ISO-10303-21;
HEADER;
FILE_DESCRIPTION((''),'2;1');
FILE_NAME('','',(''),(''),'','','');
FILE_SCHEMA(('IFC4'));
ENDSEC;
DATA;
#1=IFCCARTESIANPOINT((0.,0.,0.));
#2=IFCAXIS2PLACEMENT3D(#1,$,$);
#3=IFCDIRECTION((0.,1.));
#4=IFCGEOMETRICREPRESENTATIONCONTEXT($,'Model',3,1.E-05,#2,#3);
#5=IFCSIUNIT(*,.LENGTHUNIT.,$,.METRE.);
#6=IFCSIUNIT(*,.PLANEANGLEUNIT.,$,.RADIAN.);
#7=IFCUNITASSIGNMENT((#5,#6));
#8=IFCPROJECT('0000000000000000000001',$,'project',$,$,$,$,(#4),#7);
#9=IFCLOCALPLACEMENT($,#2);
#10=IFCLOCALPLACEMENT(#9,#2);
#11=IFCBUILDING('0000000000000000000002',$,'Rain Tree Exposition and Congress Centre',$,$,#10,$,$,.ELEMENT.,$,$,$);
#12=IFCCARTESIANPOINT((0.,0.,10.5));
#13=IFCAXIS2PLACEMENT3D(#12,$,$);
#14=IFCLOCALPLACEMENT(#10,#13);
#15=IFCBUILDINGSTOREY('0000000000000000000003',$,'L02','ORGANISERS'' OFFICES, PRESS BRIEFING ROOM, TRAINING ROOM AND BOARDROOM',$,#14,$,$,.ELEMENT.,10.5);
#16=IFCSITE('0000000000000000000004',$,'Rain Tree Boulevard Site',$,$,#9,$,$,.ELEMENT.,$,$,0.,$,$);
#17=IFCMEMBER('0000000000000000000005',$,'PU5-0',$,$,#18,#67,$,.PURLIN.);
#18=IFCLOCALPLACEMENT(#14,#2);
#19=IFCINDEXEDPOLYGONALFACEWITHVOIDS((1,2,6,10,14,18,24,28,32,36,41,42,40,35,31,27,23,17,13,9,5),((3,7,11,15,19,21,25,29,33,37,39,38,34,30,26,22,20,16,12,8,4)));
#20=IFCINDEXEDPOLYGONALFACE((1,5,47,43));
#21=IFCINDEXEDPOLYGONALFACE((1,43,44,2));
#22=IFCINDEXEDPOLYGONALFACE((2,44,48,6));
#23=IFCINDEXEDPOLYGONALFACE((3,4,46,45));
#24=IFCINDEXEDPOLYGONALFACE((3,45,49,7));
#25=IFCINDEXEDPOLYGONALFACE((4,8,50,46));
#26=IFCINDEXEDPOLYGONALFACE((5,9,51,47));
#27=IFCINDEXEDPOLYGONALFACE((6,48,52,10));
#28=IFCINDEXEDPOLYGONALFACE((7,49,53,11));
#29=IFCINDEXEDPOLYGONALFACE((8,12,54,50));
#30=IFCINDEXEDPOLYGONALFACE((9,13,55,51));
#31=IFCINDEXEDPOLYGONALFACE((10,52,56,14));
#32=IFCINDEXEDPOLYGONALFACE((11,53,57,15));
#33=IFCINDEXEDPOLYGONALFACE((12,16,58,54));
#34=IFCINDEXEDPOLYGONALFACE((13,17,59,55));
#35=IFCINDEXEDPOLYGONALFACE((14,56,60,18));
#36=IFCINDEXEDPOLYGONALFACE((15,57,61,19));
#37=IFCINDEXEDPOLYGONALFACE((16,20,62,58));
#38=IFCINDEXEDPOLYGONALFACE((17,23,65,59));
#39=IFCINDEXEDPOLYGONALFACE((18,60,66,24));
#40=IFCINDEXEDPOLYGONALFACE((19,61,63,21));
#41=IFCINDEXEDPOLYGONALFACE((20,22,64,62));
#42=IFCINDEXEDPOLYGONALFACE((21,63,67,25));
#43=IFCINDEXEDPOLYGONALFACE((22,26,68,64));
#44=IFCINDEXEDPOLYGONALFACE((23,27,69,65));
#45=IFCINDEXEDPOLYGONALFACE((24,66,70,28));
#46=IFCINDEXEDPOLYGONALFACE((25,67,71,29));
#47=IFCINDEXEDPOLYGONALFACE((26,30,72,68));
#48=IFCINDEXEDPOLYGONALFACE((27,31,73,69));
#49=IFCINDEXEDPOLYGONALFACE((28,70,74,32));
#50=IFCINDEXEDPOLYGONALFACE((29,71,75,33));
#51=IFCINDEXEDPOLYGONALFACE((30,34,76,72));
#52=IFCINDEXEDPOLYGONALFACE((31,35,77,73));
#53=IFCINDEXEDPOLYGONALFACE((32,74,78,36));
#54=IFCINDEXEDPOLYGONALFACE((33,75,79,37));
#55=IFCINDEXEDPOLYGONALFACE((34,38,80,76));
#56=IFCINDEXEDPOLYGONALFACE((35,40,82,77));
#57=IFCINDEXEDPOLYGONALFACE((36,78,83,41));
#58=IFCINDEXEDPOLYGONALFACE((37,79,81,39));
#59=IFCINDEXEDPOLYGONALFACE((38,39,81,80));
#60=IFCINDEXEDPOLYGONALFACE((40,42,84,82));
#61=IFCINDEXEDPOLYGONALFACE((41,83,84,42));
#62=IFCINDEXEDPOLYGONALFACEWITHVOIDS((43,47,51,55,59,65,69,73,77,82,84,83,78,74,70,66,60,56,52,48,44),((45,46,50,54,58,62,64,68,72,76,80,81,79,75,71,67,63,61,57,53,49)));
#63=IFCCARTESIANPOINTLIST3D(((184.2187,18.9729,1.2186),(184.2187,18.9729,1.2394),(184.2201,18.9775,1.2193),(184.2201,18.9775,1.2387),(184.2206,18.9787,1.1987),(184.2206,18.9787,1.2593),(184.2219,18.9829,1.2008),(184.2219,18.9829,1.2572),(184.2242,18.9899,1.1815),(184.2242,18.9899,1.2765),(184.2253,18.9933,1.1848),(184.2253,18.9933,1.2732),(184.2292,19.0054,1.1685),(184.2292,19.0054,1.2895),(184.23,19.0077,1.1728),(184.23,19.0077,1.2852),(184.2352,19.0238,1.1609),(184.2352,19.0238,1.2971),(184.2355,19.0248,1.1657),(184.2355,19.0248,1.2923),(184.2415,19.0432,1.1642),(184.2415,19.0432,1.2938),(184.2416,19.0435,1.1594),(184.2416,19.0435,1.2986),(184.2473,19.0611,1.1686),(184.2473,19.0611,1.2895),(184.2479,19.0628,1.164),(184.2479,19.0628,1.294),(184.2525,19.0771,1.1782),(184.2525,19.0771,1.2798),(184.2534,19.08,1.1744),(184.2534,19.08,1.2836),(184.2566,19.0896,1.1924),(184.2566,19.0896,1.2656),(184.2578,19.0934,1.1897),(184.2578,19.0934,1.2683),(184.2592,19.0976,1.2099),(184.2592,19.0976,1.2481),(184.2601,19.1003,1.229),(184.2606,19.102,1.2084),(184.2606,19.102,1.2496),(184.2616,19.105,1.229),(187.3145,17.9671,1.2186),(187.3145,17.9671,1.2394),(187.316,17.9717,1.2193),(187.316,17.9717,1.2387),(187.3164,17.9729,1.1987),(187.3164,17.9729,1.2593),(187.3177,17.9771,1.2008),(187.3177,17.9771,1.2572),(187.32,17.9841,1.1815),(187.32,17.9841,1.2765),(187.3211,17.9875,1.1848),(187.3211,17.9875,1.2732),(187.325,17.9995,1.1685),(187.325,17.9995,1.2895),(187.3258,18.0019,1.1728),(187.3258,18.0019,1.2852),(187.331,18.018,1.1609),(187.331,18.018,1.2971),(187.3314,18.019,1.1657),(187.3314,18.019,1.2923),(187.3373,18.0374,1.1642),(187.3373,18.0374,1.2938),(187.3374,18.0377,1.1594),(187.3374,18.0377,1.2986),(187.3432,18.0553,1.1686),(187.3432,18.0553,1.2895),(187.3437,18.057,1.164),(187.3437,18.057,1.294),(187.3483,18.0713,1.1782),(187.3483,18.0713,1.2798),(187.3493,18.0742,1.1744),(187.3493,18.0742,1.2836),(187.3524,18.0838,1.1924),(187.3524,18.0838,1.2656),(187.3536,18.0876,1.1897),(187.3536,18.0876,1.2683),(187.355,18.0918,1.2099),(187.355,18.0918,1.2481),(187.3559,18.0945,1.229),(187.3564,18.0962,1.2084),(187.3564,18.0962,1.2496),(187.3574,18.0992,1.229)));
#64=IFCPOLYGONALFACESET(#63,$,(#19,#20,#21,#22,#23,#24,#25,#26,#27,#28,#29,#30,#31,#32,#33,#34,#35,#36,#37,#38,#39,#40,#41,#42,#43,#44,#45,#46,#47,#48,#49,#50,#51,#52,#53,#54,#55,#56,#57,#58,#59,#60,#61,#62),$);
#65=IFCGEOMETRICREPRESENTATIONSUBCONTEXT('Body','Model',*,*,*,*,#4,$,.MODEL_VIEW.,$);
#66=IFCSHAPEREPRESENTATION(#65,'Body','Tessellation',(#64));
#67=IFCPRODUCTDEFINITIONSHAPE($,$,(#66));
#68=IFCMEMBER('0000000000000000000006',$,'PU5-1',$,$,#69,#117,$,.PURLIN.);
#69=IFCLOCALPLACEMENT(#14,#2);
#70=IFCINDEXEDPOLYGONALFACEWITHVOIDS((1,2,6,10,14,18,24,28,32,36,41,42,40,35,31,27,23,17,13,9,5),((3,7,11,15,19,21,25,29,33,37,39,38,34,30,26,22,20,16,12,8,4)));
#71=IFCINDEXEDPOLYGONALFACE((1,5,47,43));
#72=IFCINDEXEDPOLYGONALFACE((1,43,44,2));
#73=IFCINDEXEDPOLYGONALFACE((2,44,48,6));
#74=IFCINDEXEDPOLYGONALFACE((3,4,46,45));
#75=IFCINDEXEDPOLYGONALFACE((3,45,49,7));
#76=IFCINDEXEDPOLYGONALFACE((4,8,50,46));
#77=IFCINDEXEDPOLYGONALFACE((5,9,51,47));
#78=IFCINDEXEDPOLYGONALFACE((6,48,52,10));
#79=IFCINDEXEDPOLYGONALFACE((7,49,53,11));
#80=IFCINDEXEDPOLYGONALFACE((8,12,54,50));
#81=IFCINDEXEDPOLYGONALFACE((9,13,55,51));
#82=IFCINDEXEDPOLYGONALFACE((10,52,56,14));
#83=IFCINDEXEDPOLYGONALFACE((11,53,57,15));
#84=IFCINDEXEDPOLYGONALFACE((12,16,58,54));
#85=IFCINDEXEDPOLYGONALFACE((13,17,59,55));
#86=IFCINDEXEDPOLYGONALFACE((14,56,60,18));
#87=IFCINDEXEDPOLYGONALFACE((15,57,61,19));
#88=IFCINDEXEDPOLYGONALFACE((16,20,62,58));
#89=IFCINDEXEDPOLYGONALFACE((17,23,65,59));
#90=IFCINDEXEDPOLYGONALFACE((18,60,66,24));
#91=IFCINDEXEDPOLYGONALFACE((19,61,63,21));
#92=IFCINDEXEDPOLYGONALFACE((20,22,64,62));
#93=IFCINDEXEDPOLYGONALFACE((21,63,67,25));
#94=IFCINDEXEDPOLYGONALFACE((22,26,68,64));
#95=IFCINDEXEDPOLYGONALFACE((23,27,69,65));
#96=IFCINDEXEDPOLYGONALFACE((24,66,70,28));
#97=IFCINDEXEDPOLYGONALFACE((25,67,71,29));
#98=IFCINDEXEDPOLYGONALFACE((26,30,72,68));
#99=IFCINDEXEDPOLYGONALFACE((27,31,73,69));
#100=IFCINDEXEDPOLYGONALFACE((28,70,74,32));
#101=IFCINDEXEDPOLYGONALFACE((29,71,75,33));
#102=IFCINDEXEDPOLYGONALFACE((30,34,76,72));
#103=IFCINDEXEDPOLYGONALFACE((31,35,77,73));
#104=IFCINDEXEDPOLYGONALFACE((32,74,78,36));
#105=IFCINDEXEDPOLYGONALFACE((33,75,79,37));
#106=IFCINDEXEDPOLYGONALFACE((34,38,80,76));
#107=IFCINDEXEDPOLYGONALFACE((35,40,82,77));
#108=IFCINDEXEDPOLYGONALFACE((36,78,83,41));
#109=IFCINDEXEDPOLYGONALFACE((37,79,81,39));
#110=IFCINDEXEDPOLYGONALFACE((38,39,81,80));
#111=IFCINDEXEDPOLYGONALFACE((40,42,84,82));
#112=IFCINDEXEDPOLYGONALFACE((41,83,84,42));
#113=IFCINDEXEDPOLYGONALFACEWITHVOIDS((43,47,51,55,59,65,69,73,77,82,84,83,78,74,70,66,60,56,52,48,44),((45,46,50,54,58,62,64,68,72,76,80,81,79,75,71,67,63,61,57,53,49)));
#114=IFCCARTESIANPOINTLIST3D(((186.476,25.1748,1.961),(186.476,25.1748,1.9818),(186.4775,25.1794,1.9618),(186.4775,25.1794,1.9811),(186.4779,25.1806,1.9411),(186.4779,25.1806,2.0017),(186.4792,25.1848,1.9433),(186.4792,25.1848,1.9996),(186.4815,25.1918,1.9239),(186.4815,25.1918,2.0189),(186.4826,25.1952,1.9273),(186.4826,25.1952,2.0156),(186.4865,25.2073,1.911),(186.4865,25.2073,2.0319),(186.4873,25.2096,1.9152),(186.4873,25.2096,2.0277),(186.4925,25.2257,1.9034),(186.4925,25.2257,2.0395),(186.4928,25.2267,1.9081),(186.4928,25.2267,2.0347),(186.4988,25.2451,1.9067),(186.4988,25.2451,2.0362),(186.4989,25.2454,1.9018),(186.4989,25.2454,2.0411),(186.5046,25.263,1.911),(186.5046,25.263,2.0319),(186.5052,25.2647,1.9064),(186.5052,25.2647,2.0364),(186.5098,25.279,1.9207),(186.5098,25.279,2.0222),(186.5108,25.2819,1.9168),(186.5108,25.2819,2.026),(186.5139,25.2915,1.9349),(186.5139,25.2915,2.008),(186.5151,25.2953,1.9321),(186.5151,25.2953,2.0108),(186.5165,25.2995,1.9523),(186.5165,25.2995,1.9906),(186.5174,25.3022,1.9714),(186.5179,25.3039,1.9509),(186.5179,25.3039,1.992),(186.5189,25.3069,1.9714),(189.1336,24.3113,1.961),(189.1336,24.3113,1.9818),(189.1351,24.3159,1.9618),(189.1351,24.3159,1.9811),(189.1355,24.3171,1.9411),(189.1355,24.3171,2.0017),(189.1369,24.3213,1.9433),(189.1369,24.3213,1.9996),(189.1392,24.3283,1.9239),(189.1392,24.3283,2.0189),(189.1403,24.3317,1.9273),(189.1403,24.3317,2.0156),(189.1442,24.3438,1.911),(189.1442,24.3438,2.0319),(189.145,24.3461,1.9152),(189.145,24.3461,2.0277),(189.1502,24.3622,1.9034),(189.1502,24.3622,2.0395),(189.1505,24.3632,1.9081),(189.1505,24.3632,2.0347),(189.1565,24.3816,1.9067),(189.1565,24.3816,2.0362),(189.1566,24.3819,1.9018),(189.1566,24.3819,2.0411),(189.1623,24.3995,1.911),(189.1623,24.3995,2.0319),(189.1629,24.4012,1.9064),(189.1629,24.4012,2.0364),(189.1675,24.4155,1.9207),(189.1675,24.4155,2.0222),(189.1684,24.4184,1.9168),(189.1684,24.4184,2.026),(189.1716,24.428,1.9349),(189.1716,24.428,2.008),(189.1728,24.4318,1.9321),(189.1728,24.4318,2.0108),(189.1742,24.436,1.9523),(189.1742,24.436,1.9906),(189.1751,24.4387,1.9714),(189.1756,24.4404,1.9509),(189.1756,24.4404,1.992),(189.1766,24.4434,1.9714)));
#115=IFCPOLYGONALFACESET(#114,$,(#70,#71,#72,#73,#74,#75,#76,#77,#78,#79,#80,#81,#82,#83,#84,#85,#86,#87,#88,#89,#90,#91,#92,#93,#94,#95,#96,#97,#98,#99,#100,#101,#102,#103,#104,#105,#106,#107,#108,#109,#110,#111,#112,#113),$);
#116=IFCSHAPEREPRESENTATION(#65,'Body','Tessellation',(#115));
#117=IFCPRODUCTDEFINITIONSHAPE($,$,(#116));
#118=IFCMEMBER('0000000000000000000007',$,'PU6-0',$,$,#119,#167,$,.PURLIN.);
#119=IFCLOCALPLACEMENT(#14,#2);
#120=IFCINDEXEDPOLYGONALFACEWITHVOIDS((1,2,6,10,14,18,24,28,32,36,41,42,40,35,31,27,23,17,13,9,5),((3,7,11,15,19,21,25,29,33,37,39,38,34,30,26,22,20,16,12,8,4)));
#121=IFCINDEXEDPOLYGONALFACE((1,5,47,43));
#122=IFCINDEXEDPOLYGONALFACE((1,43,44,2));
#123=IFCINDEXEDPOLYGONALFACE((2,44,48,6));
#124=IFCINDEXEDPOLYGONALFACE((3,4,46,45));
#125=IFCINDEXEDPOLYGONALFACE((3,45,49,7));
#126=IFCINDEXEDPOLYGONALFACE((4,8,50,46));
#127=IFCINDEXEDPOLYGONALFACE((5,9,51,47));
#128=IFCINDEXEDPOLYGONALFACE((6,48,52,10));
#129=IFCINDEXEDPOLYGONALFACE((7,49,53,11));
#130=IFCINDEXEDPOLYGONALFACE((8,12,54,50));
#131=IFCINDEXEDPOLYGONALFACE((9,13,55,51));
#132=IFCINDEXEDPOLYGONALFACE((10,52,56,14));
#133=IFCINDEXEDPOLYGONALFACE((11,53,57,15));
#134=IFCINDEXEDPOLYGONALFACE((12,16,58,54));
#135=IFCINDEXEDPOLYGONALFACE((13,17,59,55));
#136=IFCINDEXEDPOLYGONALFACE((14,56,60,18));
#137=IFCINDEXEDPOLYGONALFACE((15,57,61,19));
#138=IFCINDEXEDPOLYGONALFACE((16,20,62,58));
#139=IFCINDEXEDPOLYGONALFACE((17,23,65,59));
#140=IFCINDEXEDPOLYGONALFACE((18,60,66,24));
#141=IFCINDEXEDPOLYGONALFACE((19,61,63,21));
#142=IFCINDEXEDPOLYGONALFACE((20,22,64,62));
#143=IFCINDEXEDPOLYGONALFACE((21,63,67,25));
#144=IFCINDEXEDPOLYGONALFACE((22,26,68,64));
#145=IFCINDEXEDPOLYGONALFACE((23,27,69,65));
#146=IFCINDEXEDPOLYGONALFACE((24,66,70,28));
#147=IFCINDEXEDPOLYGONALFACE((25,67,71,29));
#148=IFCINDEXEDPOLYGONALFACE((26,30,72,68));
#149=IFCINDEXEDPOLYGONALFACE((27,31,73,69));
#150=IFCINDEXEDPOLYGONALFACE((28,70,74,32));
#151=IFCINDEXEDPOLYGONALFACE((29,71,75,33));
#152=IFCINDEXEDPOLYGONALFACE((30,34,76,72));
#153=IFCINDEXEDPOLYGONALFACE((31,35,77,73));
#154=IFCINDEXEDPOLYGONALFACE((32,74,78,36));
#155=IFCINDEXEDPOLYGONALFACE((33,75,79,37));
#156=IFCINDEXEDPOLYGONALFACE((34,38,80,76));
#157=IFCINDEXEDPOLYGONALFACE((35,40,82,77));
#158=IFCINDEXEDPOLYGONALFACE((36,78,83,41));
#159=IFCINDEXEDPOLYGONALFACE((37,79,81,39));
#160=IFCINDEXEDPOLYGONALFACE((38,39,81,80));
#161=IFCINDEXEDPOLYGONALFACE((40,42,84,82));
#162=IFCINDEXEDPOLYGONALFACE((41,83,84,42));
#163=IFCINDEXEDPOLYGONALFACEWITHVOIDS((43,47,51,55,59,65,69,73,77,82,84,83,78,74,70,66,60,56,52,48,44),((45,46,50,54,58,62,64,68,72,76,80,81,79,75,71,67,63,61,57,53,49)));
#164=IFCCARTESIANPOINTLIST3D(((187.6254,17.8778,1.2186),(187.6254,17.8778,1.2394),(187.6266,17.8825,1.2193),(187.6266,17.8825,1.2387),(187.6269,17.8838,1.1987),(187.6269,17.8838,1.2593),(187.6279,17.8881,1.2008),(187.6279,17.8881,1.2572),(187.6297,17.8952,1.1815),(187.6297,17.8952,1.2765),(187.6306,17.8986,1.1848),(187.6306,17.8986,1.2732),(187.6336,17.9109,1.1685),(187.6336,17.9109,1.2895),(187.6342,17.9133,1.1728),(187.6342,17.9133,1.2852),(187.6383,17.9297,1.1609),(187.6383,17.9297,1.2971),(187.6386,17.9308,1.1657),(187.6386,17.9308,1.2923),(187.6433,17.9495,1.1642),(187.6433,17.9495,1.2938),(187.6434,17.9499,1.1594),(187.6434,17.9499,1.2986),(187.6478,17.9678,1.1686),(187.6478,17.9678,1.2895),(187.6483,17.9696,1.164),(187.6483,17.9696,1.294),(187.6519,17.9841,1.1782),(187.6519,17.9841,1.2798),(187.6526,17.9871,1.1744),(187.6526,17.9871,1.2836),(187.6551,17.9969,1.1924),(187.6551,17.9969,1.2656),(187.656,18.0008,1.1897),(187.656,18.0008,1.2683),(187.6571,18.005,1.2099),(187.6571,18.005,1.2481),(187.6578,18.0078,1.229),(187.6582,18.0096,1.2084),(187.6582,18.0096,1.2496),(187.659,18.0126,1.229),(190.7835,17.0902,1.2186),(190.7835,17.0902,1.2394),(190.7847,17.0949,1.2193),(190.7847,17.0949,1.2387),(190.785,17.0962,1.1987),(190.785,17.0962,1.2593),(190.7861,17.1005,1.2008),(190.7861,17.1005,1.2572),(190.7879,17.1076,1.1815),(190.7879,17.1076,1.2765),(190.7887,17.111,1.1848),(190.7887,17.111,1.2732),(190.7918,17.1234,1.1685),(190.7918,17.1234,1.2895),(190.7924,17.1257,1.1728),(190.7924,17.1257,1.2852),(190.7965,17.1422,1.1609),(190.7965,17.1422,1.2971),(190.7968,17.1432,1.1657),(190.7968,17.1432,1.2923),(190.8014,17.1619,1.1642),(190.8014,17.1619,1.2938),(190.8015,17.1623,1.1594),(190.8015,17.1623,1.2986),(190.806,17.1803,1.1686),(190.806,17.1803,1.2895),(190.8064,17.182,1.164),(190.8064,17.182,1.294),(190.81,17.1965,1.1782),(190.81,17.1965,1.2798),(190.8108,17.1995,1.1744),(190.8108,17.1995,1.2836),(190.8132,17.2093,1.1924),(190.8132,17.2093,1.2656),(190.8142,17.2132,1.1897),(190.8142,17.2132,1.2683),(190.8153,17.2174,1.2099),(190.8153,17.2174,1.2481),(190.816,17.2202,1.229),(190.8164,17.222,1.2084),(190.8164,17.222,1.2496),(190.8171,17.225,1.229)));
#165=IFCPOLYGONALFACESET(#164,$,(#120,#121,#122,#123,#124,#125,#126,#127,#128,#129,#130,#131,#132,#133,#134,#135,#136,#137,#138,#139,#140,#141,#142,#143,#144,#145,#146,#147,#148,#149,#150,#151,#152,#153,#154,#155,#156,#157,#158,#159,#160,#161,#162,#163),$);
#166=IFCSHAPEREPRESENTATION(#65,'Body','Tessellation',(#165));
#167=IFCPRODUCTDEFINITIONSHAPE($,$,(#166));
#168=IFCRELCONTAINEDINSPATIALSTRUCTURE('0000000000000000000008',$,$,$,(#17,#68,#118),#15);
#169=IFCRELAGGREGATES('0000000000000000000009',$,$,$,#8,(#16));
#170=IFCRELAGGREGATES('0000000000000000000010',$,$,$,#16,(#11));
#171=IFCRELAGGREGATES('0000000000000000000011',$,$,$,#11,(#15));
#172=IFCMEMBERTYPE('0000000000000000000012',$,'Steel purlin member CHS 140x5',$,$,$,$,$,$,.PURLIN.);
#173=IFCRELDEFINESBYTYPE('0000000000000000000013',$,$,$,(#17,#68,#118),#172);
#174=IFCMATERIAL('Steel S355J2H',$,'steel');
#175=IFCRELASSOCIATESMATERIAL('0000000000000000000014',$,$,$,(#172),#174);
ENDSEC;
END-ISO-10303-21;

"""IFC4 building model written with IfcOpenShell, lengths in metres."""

from ifc_helpers import new_model, si_unit, direction, frame, origin, origin_2d, place, context, subcontext, project, spatial, hollow_circle, extrude, material, material_profile, profile_set, type_object, element, save


model = new_model("IFC4")

# Units and contexts
model_context = context("Model", 3, precision=1e-05, world=origin(), true_north=direction((0.0, 1.0)))
body_context = subcontext(model_context, "Body", "Model", "MODEL_VIEW")
ifc_project = project(units=[si_unit("LENGTHUNIT", "METRE"), si_unit("PLANEANGLEUNIT", "RADIAN")], contexts=[model_context])

# Site, building, storey
site_placement = place(None, origin())
site = spatial("IfcSite", under=ifc_project, at=site_placement, Name="Rain Tree Boulevard Site", CompositionType="ELEMENT", RefElevation=0.0)
building_placement = place(site_placement, origin())
building = spatial("IfcBuilding", under=site, at=building_placement, Name="Rain Tree Exposition and Congress Centre", CompositionType="ELEMENT")
storey_placement = place(building_placement, frame((0.0, 0.0, 10.5)))
storey = spatial("IfcBuildingStorey", under=building, at=storey_placement, Name="L02", Description="ORGANISERS' OFFICES, PRESS BRIEFING ROOM, TRAINING ROOM AND BOARDROOM", CompositionType="ELEMENT", Elevation=10.5)

# Members
ifc_material_1 = material(Name="Steel S355J2H", Category="steel")
ifc_material_profile_1 = material_profile(ifc_material_1, hollow_circle(Radius=0.0698, WallThickness=0.0049, at=origin_2d()), Name="CHS 140x5")
ifc_profile_set_1 = profile_set([ifc_material_profile_1], Name="Steel S355J2H")
member_type_1 = type_object("IfcMemberType", Name="Steel purlin member CHS 140x5", PredefinedType="PURLIN", material=ifc_profile_set_1)
for number, where, z_axis, x_axis, name in (
    (1, (184.24, 19.0386, 1.229), (0.951063, -0.308996, 0.0), (0.308996, 0.951063, 0.0), "PU5-0"),
):
    element("IfcMember", number, at=place(storey_placement, frame(where, z_axis=z_axis, x_axis=x_axis)), inside=storey, type_object=member_type_1, Name=name, PredefinedType="PURLIN", context=body_context, shape_type="SweptSolid", body=[
        extrude(hollow_circle(Radius=0.0698, WallThickness=0.0049, at=origin_2d()), origin(), (0.0, 0.0, 1.0), 3.2551),
    ])
member_1_placement = place(storey_placement, frame((186.4973, 25.2405, 1.9714), z_axis=(0.951058, -0.309011, 0.0), x_axis=(0.309011, 0.951058, 0.0)))
element("IfcMember", 2, at=member_1_placement, inside=storey, type_object=member_type_1, Name="PU5-1", PredefinedType="PURLIN", context=body_context, shape_type="SweptSolid", body=[
    extrude(hollow_circle(Radius=0.0698, WallThickness=0.0049, at=origin_2d()), origin(), (0.0, 0.0, 1.0), 2.7944),
])
member_2_placement = place(storey_placement, frame((187.6421, 17.9448, 1.229), z_axis=(0.970284, -0.241971, 0.0), x_axis=(0.241971, 0.970284, 0.0)))
element("IfcMember", 3, at=member_2_placement, inside=storey, type_object=member_type_1, Name="PU6-0", PredefinedType="PURLIN", context=body_context, shape_type="SweptSolid", body=[
    extrude(hollow_circle(Radius=0.0698, WallThickness=0.0049, at=origin_2d()), origin(), (0.0, 0.0, 1.0), 3.2549),
])

save(model, "model.ifc")
